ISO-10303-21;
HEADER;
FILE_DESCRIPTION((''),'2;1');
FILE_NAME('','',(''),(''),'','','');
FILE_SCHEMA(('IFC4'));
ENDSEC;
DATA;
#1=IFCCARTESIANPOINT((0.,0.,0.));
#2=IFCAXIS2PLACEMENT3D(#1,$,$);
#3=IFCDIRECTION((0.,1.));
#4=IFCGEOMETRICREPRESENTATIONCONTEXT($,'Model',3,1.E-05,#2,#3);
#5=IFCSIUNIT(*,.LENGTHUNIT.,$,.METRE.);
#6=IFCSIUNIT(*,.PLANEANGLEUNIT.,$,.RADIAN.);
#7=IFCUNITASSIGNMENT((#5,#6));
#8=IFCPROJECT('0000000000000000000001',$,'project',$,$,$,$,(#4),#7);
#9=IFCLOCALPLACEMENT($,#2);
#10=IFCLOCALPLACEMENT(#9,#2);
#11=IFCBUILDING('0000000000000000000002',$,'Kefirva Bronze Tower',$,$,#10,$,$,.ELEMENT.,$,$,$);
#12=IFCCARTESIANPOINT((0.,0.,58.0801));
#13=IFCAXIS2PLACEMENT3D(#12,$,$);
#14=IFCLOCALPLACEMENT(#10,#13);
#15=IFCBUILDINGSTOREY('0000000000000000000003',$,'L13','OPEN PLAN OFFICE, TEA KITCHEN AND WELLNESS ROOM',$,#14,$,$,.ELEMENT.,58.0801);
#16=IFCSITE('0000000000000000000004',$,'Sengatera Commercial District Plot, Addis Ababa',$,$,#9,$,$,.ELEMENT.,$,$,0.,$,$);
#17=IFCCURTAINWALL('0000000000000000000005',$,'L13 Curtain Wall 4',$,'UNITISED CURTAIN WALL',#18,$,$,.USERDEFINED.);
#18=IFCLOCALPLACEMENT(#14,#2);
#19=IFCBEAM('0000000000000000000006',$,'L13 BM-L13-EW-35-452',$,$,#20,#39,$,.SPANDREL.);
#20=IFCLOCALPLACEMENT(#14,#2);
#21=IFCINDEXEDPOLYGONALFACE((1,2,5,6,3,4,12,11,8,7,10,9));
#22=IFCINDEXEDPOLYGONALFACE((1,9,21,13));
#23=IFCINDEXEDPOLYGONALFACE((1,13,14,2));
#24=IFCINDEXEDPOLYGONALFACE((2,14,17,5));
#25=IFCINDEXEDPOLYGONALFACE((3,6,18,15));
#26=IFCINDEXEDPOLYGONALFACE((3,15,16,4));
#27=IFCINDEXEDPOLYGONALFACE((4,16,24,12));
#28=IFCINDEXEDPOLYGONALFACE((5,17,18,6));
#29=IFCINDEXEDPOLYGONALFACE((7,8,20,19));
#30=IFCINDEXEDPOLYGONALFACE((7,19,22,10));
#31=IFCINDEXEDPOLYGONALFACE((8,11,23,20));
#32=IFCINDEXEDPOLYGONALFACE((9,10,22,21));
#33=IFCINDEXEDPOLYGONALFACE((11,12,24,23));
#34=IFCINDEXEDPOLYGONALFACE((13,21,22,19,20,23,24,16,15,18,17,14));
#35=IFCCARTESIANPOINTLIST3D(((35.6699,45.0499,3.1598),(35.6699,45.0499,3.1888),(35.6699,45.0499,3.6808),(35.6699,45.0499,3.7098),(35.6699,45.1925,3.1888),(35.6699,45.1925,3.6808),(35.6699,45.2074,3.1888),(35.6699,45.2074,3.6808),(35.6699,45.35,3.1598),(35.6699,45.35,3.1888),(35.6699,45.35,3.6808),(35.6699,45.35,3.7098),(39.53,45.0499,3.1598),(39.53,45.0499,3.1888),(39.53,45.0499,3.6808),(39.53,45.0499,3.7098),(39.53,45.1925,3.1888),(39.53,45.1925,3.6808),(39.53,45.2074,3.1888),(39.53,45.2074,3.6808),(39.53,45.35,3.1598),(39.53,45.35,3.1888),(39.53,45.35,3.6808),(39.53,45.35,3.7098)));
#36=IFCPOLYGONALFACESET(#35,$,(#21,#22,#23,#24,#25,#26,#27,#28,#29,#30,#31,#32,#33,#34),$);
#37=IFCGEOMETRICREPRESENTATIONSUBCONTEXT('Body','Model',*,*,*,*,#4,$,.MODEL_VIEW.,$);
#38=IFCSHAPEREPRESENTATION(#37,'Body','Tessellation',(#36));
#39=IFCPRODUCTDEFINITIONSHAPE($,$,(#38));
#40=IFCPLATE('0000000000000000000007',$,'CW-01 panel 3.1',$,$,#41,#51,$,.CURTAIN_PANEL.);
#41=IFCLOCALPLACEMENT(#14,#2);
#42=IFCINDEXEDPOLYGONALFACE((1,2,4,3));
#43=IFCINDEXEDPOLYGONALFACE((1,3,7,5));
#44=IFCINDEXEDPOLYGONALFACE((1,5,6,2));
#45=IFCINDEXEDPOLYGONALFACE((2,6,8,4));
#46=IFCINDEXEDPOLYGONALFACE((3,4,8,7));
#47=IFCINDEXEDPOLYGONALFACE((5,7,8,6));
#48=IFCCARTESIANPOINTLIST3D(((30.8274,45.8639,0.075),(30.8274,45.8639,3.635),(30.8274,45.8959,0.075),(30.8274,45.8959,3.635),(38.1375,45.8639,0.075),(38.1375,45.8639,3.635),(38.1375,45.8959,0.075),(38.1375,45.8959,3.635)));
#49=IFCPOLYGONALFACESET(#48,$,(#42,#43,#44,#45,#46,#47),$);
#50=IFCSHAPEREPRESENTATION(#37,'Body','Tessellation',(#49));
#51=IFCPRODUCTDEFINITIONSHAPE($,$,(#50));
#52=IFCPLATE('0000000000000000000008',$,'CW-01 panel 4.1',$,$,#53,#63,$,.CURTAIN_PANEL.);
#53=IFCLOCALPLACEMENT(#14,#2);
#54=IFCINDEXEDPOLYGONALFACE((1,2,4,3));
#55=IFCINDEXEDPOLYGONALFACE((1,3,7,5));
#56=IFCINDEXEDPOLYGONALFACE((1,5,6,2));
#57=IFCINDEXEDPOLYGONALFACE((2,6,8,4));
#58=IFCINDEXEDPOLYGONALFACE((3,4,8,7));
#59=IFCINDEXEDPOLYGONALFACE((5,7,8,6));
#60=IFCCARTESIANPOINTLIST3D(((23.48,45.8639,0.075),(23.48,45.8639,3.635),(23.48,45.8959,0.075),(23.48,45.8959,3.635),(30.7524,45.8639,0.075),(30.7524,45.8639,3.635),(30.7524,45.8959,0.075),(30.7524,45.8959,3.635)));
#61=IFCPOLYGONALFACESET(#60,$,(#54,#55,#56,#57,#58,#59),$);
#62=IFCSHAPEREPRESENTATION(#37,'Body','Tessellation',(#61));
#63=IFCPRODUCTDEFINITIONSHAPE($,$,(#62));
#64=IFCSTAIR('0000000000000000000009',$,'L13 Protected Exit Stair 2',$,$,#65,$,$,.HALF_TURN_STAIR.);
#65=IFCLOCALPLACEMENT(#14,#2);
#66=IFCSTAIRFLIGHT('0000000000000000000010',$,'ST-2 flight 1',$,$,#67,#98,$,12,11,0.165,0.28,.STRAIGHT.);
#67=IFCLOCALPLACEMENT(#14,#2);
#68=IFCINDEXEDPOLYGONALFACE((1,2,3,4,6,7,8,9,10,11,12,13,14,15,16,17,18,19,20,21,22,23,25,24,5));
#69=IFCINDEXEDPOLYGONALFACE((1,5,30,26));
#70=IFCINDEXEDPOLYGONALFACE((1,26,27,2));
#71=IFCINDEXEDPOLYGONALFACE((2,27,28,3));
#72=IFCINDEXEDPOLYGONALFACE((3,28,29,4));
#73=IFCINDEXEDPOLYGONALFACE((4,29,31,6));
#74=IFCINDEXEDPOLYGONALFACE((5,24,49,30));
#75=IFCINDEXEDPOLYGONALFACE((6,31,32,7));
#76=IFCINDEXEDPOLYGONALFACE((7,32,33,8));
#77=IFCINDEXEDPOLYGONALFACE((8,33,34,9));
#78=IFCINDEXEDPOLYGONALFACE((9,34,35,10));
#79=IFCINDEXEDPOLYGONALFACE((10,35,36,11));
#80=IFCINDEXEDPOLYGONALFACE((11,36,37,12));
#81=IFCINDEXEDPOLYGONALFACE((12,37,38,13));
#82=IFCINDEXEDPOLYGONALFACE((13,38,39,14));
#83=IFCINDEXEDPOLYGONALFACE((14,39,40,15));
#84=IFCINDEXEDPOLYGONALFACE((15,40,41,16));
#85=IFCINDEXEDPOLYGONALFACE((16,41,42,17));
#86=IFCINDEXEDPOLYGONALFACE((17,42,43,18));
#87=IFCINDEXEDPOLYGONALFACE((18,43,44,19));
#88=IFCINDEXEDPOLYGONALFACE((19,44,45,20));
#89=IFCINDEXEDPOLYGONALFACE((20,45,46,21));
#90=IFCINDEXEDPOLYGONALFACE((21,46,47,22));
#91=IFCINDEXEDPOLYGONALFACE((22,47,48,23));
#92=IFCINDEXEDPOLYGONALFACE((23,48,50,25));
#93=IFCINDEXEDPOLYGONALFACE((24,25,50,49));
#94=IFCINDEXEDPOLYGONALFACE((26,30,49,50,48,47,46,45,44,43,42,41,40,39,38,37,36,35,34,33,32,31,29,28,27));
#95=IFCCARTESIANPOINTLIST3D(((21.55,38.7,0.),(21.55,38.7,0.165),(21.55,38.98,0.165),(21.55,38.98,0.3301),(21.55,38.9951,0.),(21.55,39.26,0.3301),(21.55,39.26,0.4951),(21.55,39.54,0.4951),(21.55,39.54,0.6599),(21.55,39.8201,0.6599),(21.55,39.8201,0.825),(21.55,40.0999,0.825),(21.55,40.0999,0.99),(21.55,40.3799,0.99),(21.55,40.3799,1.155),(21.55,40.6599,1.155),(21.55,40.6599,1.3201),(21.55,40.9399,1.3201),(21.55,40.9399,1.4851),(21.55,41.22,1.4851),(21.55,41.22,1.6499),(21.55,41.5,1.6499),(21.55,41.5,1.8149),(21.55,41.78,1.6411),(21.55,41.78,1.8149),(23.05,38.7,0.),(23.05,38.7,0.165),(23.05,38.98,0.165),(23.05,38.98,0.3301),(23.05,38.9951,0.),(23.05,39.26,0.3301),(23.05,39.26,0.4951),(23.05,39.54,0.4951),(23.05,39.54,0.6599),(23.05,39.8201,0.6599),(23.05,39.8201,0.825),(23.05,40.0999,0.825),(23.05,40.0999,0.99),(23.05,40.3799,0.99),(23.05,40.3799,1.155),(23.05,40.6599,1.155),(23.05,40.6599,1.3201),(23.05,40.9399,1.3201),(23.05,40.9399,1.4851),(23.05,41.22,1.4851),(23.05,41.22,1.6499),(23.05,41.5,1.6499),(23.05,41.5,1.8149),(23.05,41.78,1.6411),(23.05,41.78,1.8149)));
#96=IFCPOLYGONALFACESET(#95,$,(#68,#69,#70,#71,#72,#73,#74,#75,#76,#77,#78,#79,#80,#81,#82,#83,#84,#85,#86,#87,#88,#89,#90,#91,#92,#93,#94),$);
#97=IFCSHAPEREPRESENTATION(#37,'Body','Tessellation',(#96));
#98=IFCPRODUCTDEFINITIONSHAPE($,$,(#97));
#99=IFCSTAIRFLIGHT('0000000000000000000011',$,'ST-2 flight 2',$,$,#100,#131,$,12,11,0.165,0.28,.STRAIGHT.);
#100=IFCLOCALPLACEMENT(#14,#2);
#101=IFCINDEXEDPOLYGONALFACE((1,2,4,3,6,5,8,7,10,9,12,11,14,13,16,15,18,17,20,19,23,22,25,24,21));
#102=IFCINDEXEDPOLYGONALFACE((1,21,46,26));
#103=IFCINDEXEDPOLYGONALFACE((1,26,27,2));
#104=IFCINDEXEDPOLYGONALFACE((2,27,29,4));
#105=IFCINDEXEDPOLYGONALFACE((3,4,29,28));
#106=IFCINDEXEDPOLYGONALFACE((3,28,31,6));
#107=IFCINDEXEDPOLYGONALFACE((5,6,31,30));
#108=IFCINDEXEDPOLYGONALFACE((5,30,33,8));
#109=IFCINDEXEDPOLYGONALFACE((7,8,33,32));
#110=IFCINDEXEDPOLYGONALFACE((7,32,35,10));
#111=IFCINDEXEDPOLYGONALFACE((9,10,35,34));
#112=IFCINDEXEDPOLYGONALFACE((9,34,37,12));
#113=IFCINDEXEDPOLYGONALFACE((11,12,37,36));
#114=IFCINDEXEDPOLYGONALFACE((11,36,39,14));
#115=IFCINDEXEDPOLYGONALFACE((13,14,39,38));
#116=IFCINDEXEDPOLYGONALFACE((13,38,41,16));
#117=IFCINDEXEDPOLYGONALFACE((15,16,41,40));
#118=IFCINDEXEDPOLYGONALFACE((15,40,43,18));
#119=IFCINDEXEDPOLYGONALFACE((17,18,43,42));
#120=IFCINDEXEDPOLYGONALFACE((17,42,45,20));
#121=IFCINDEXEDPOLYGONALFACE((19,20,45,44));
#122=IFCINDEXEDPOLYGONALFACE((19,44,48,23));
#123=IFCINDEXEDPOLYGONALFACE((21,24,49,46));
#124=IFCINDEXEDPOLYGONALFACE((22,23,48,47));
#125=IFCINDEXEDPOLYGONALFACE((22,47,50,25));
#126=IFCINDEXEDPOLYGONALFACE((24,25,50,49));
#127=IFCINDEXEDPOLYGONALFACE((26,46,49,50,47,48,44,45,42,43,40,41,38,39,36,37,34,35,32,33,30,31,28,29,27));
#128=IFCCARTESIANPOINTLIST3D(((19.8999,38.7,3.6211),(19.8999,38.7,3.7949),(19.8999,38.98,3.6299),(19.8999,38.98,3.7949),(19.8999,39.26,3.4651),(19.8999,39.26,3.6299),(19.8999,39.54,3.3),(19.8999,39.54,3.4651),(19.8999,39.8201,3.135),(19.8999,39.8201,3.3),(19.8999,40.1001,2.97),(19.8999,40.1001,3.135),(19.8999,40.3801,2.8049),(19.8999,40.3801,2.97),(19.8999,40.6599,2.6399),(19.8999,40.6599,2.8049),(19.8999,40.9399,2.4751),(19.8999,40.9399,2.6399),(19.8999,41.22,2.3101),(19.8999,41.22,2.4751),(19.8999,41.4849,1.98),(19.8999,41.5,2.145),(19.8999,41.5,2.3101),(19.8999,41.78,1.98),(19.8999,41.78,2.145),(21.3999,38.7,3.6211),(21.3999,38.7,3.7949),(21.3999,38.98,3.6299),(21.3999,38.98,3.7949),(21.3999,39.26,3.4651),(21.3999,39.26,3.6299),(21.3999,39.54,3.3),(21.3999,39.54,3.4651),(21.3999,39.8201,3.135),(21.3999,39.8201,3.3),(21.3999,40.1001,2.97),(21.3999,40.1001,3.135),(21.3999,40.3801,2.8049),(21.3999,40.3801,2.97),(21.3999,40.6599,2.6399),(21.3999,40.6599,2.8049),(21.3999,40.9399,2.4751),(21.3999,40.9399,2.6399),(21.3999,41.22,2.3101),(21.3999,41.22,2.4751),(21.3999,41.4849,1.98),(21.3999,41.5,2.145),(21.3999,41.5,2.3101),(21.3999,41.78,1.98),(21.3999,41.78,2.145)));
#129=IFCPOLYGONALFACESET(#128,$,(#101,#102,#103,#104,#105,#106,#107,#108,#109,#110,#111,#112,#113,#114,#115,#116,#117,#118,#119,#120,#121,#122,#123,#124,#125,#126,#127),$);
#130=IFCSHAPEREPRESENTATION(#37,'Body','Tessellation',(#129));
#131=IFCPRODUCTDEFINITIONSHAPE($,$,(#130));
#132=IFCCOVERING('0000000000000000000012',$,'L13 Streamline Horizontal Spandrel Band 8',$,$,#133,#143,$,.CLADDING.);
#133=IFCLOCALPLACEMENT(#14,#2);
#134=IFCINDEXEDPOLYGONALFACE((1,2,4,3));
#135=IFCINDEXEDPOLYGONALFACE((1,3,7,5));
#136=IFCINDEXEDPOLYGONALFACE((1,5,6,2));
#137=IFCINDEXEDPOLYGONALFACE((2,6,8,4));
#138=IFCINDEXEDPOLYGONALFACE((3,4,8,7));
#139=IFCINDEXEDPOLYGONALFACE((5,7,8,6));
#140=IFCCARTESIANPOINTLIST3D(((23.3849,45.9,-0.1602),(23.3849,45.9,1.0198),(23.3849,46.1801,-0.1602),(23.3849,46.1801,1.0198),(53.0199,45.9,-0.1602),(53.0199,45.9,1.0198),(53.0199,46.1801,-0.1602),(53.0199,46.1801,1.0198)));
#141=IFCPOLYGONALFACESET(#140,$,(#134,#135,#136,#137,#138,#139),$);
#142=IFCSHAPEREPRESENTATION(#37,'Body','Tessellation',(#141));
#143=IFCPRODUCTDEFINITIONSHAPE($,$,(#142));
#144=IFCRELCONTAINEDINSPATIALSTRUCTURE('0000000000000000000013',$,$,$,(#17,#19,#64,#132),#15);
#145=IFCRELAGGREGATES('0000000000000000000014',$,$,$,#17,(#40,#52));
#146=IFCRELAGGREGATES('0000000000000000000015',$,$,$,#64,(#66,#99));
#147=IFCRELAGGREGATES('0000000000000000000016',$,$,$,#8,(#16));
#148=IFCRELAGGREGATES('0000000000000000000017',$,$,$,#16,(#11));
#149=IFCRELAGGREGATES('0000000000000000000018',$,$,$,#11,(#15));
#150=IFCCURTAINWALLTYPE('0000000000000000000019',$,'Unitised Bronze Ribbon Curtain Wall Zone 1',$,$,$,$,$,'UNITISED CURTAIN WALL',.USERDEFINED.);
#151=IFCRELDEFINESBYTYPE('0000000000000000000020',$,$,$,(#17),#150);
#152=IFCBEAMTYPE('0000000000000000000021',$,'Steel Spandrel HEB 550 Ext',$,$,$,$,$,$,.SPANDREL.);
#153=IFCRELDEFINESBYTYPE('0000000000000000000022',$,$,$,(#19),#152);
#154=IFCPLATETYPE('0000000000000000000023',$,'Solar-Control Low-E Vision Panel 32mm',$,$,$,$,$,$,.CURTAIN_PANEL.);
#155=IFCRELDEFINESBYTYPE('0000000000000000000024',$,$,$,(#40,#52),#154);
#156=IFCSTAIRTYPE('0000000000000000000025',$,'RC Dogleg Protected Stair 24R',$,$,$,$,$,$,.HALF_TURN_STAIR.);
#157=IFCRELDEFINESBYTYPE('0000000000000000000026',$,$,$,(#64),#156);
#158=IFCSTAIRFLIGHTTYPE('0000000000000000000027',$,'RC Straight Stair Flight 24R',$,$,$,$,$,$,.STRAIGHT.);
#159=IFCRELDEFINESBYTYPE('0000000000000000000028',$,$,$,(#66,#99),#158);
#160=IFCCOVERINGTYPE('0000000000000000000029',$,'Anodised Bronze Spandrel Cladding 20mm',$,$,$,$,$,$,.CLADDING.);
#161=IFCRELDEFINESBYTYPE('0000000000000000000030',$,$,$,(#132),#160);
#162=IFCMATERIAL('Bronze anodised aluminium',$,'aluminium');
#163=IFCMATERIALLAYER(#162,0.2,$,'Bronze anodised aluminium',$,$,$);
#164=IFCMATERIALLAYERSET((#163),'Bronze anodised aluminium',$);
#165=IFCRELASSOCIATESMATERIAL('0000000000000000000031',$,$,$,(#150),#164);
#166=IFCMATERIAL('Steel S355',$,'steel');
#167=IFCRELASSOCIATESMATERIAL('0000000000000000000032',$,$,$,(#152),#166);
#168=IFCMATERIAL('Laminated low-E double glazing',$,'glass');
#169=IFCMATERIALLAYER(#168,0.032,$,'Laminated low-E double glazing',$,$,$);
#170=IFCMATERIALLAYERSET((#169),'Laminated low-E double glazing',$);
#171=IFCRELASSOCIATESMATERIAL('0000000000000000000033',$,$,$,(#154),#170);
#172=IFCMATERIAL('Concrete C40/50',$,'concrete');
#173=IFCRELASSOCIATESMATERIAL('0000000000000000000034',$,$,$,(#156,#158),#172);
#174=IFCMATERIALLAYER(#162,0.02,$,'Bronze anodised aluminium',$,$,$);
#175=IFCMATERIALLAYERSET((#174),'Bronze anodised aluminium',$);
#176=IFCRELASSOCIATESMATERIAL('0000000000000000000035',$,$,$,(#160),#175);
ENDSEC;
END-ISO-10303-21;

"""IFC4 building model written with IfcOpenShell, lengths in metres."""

from ifc_helpers import new_model, si_unit, direction, frame, origin, origin_2d, place, context, subcontext, project, spatial, polyline, rectangle, i_section, outline, extrude, material, layer, layer_set, material_profile, profile_set, type_object, element, aggregate, save


model = new_model("IFC4")

# Units and contexts
model_context = context("Model", 3, precision=1e-05, world=origin(), true_north=direction((0.0, 1.0)))
body_context = subcontext(model_context, "Body", "Model", "MODEL_VIEW")
ifc_project = project(units=[si_unit("LENGTHUNIT", "METRE"), si_unit("PLANEANGLEUNIT", "RADIAN")], contexts=[model_context])

# Site, building, storey
site_placement = place(None, origin())
site = spatial("IfcSite", under=ifc_project, at=site_placement, Name="Sengatera Commercial District Plot, Addis Ababa", CompositionType="ELEMENT", RefElevation=0.0)
building_placement = place(site_placement, origin())
building = spatial("IfcBuilding", under=site, at=building_placement, Name="Kefirva Bronze Tower", CompositionType="ELEMENT")
storey_placement = place(building_placement, frame((0.0, 0.0, 58.0801)))
storey = spatial("IfcBuildingStorey", under=building, at=storey_placement, Name="L13", Description="OPEN PLAN OFFICE, TEA KITCHEN AND WELLNESS ROOM", CompositionType="ELEMENT", Elevation=58.0801)

# Curtain wall
ifc_material_1 = material(Name="Bronze anodised aluminium", Category="aluminium")
ifc_layer_1 = layer(ifc_material_1, 0.2, Name="Bronze anodised aluminium")
ifc_layer_set_1 = layer_set([ifc_layer_1], Name="Bronze anodised aluminium")
curtain_wall_type = type_object("IfcCurtainWallType", Name="Unitised Bronze Ribbon Curtain Wall Zone 1", ElementType="UNITISED CURTAIN WALL", PredefinedType="USERDEFINED", material=ifc_layer_set_1)
curtain_wall_placement = place(storey_placement, origin())
curtain_wall = element("IfcCurtainWall", 1, at=curtain_wall_placement, inside=storey, type_object=curtain_wall_type, Name="L13 Curtain Wall 4", ObjectType="UNITISED CURTAIN WALL", PredefinedType="USERDEFINED")

# Beam
ifc_material_2 = material(Name="Steel S355", Category="steel")
ifc_material_profile_1 = material_profile(ifc_material_2, i_section(OverallWidth=0.3, OverallDepth=0.55, WebThickness=0.0149, FlangeThickness=0.0291, at=origin_2d()), Name="HEB 550")
ifc_profile_set_1 = profile_set([ifc_material_profile_1], Name="Steel S355")
beam_type_1 = type_object("IfcBeamType", Name="Steel Spandrel HEB 550 Ext", PredefinedType="SPANDREL", material=ifc_profile_set_1)
beam_1_placement = place(storey_placement, frame((35.6699, 45.2, 3.4348), z_axis=(1.0, 0.0, 0.0), x_axis=(0.0, 1.0, 0.0)))
element("IfcBeam", 2, at=beam_1_placement, inside=storey, type_object=beam_type_1, Name="L13 BM-L13-EW-35-452", PredefinedType="SPANDREL", context=body_context, shape_type="SweptSolid", body=[
    extrude(i_section(OverallWidth=0.3, OverallDepth=0.55, WebThickness=0.0149, FlangeThickness=0.0291, at=origin_2d()), origin(), (0.0, 0.0, 1.0), 3.8601),
])

# Plates
ifc_material_3 = material(Name="Laminated low-E double glazing", Category="glass")
ifc_layer_2 = layer(ifc_material_3, 0.032, Name="Laminated low-E double glazing")
ifc_layer_set_2 = layer_set([ifc_layer_2], Name="Laminated low-E double glazing")
plate_type = type_object("IfcPlateType", Name="Solar-Control Low-E Vision Panel 32mm", PredefinedType="CURTAIN_PANEL", material=ifc_layer_set_2)
plate_1_placement = place(storey_placement, frame((34.4824, 45.8799, 0.075), z_axis=(0.0, 0.0, 1.0), x_axis=(-1.0, 0.0, 0.0)))
plate_1 = element("IfcPlate", 3, at=plate_1_placement, type_object=plate_type, Name="CW-01 panel 3.1", PredefinedType="CURTAIN_PANEL", context=body_context, shape_type="SweptSolid", body=[
    extrude(rectangle(XDim=7.3101, YDim=0.032, at=origin_2d()), origin(), (0.0, 0.0, 1.0), 3.5601),
])
plate_2_placement = place(storey_placement, frame((27.1162, 45.8799, 0.075), z_axis=(0.0, 0.0, 1.0), x_axis=(-1.0, 0.0, 0.0)))
plate_2 = element("IfcPlate", 4, at=plate_2_placement, type_object=plate_type, Name="CW-01 panel 4.1", PredefinedType="CURTAIN_PANEL", context=body_context, shape_type="SweptSolid", body=[
    extrude(rectangle(XDim=7.2725, YDim=0.032, at=origin_2d()), origin(), (0.0, 0.0, 1.0), 3.5601),
])
aggregate(curtain_wall, [plate_1, plate_2])

# Stair, stair flights
ifc_material_4 = material(Name="Concrete C40/50", Category="concrete")
stair_type = type_object("IfcStairType", Name="RC Dogleg Protected Stair 24R", PredefinedType="HALF_TURN_STAIR", material=ifc_material_4)
stair_placement = place(storey_placement, origin())
stair = element("IfcStair", 5, at=stair_placement, inside=storey, type_object=stair_type, Name="L13 Protected Exit Stair 2", PredefinedType="HALF_TURN_STAIR")
stair_flight_type = type_object("IfcStairFlightType", Name="RC Straight Stair Flight 24R", PredefinedType="STRAIGHT", material=ifc_material_4)
stair_flight_1_placement = place(storey_placement, frame((22.3, 38.7, 0.0), z_axis=(0.0, 0.0, 1.0), x_axis=(0.0, 1.0, 0.0)))
stair_flight_1 = element("IfcStairFlight", 6, at=stair_flight_1_placement, type_object=stair_flight_type, Name="ST-2 flight 1", NumberOfRisers=12, NumberOfTreads=11, PredefinedType="STRAIGHT", RiserHeight=0.165, TreadLength=0.28, context=body_context, shape_type="SweptSolid", body=[
    extrude(outline(polyline([(0.0, 0.0), (0.0, 0.165), (0.28, 0.165), (0.28, 0.3301), (0.5601, 0.3301), (0.5601, 0.4951), (0.8401, 0.4951), (0.8401, 0.6599), (1.1201, 0.6599), (1.1201, 0.825), (1.3999, 0.825), (1.3999, 0.99), (1.6799, 0.99), (1.6799, 1.155), (1.96, 1.155), (1.96, 1.3201), (2.24, 1.3201), (2.24, 1.4851), (2.52, 1.4851), (2.52, 1.6499), (2.8, 1.6499), (2.8, 1.8149), (3.0801, 1.8149), (3.0801, 1.98), (3.0801, 1.6411), (0.2952, 0.0), (0.0, 0.0)])), frame((0.0, 0.75, 0.0), z_axis=(0.0, -1.0, 0.0), x_axis=(1.0, 0.0, 0.0)), (0.0, 0.0, 1.0), 1.5),
])
stair_flight_2_placement = place(storey_placement, frame((20.6499, 41.78, 1.98), z_axis=(0.0, 0.0, 1.0), x_axis=(0.0, -1.0, 0.0)))
stair_flight_2 = element("IfcStairFlight", 7, at=stair_flight_2_placement, type_object=stair_flight_type, Name="ST-2 flight 2", NumberOfRisers=12, NumberOfTreads=11, PredefinedType="STRAIGHT", RiserHeight=0.165, TreadLength=0.28, context=body_context, shape_type="SweptSolid", body=[
    extrude(outline(polyline([(0.0, 0.0), (0.0, 0.165), (0.28, 0.165), (0.28, 0.3301), (0.5601, 0.3301), (0.5601, 0.4951), (0.8401, 0.4951), (0.8401, 0.6599), (1.1201, 0.6599), (1.1201, 0.825), (1.3999, 0.825), (1.3999, 0.99), (1.6799, 0.99), (1.6799, 1.155), (1.96, 1.155), (1.96, 1.3201), (2.24, 1.3201), (2.24, 1.4851), (2.52, 1.4851), (2.52, 1.6499), (2.8, 1.6499), (2.8, 1.8149), (3.0801, 1.8149), (3.0801, 1.98), (3.0801, 1.6411), (0.2952, 0.0), (0.0, 0.0)])), frame((0.0, 0.75, 0.0), z_axis=(0.0, -1.0, 0.0), x_axis=(1.0, 0.0, 0.0)), (0.0, 0.0, 1.0), 1.5),
])
aggregate(stair, [stair_flight_1, stair_flight_2])

# Covering
ifc_layer_3 = layer(ifc_material_1, 0.02, Name="Bronze anodised aluminium")
ifc_layer_set_3 = layer_set([ifc_layer_3], Name="Bronze anodised aluminium")
covering_type_1 = type_object("IfcCoveringType", Name="Anodised Bronze Spandrel Cladding 20mm", PredefinedType="CLADDING", material=ifc_layer_set_3)
covering_1_placement = place(storey_placement, frame((38.2024, 46.04, -0.1602), z_axis=(0.0, 0.0, 1.0), x_axis=(-1.0, 0.0, 0.0)))
element("IfcCovering", 8, at=covering_1_placement, inside=storey, type_object=covering_type_1, Name="L13 Streamline Horizontal Spandrel Band 8", PredefinedType="CLADDING", context=body_context, shape_type="SweptSolid", body=[
    extrude(rectangle(XDim=29.635, YDim=0.28, at=origin_2d()), origin(), (0.0, 0.0, 1.0), 1.1799),
])

save(model, "model.ifc")
